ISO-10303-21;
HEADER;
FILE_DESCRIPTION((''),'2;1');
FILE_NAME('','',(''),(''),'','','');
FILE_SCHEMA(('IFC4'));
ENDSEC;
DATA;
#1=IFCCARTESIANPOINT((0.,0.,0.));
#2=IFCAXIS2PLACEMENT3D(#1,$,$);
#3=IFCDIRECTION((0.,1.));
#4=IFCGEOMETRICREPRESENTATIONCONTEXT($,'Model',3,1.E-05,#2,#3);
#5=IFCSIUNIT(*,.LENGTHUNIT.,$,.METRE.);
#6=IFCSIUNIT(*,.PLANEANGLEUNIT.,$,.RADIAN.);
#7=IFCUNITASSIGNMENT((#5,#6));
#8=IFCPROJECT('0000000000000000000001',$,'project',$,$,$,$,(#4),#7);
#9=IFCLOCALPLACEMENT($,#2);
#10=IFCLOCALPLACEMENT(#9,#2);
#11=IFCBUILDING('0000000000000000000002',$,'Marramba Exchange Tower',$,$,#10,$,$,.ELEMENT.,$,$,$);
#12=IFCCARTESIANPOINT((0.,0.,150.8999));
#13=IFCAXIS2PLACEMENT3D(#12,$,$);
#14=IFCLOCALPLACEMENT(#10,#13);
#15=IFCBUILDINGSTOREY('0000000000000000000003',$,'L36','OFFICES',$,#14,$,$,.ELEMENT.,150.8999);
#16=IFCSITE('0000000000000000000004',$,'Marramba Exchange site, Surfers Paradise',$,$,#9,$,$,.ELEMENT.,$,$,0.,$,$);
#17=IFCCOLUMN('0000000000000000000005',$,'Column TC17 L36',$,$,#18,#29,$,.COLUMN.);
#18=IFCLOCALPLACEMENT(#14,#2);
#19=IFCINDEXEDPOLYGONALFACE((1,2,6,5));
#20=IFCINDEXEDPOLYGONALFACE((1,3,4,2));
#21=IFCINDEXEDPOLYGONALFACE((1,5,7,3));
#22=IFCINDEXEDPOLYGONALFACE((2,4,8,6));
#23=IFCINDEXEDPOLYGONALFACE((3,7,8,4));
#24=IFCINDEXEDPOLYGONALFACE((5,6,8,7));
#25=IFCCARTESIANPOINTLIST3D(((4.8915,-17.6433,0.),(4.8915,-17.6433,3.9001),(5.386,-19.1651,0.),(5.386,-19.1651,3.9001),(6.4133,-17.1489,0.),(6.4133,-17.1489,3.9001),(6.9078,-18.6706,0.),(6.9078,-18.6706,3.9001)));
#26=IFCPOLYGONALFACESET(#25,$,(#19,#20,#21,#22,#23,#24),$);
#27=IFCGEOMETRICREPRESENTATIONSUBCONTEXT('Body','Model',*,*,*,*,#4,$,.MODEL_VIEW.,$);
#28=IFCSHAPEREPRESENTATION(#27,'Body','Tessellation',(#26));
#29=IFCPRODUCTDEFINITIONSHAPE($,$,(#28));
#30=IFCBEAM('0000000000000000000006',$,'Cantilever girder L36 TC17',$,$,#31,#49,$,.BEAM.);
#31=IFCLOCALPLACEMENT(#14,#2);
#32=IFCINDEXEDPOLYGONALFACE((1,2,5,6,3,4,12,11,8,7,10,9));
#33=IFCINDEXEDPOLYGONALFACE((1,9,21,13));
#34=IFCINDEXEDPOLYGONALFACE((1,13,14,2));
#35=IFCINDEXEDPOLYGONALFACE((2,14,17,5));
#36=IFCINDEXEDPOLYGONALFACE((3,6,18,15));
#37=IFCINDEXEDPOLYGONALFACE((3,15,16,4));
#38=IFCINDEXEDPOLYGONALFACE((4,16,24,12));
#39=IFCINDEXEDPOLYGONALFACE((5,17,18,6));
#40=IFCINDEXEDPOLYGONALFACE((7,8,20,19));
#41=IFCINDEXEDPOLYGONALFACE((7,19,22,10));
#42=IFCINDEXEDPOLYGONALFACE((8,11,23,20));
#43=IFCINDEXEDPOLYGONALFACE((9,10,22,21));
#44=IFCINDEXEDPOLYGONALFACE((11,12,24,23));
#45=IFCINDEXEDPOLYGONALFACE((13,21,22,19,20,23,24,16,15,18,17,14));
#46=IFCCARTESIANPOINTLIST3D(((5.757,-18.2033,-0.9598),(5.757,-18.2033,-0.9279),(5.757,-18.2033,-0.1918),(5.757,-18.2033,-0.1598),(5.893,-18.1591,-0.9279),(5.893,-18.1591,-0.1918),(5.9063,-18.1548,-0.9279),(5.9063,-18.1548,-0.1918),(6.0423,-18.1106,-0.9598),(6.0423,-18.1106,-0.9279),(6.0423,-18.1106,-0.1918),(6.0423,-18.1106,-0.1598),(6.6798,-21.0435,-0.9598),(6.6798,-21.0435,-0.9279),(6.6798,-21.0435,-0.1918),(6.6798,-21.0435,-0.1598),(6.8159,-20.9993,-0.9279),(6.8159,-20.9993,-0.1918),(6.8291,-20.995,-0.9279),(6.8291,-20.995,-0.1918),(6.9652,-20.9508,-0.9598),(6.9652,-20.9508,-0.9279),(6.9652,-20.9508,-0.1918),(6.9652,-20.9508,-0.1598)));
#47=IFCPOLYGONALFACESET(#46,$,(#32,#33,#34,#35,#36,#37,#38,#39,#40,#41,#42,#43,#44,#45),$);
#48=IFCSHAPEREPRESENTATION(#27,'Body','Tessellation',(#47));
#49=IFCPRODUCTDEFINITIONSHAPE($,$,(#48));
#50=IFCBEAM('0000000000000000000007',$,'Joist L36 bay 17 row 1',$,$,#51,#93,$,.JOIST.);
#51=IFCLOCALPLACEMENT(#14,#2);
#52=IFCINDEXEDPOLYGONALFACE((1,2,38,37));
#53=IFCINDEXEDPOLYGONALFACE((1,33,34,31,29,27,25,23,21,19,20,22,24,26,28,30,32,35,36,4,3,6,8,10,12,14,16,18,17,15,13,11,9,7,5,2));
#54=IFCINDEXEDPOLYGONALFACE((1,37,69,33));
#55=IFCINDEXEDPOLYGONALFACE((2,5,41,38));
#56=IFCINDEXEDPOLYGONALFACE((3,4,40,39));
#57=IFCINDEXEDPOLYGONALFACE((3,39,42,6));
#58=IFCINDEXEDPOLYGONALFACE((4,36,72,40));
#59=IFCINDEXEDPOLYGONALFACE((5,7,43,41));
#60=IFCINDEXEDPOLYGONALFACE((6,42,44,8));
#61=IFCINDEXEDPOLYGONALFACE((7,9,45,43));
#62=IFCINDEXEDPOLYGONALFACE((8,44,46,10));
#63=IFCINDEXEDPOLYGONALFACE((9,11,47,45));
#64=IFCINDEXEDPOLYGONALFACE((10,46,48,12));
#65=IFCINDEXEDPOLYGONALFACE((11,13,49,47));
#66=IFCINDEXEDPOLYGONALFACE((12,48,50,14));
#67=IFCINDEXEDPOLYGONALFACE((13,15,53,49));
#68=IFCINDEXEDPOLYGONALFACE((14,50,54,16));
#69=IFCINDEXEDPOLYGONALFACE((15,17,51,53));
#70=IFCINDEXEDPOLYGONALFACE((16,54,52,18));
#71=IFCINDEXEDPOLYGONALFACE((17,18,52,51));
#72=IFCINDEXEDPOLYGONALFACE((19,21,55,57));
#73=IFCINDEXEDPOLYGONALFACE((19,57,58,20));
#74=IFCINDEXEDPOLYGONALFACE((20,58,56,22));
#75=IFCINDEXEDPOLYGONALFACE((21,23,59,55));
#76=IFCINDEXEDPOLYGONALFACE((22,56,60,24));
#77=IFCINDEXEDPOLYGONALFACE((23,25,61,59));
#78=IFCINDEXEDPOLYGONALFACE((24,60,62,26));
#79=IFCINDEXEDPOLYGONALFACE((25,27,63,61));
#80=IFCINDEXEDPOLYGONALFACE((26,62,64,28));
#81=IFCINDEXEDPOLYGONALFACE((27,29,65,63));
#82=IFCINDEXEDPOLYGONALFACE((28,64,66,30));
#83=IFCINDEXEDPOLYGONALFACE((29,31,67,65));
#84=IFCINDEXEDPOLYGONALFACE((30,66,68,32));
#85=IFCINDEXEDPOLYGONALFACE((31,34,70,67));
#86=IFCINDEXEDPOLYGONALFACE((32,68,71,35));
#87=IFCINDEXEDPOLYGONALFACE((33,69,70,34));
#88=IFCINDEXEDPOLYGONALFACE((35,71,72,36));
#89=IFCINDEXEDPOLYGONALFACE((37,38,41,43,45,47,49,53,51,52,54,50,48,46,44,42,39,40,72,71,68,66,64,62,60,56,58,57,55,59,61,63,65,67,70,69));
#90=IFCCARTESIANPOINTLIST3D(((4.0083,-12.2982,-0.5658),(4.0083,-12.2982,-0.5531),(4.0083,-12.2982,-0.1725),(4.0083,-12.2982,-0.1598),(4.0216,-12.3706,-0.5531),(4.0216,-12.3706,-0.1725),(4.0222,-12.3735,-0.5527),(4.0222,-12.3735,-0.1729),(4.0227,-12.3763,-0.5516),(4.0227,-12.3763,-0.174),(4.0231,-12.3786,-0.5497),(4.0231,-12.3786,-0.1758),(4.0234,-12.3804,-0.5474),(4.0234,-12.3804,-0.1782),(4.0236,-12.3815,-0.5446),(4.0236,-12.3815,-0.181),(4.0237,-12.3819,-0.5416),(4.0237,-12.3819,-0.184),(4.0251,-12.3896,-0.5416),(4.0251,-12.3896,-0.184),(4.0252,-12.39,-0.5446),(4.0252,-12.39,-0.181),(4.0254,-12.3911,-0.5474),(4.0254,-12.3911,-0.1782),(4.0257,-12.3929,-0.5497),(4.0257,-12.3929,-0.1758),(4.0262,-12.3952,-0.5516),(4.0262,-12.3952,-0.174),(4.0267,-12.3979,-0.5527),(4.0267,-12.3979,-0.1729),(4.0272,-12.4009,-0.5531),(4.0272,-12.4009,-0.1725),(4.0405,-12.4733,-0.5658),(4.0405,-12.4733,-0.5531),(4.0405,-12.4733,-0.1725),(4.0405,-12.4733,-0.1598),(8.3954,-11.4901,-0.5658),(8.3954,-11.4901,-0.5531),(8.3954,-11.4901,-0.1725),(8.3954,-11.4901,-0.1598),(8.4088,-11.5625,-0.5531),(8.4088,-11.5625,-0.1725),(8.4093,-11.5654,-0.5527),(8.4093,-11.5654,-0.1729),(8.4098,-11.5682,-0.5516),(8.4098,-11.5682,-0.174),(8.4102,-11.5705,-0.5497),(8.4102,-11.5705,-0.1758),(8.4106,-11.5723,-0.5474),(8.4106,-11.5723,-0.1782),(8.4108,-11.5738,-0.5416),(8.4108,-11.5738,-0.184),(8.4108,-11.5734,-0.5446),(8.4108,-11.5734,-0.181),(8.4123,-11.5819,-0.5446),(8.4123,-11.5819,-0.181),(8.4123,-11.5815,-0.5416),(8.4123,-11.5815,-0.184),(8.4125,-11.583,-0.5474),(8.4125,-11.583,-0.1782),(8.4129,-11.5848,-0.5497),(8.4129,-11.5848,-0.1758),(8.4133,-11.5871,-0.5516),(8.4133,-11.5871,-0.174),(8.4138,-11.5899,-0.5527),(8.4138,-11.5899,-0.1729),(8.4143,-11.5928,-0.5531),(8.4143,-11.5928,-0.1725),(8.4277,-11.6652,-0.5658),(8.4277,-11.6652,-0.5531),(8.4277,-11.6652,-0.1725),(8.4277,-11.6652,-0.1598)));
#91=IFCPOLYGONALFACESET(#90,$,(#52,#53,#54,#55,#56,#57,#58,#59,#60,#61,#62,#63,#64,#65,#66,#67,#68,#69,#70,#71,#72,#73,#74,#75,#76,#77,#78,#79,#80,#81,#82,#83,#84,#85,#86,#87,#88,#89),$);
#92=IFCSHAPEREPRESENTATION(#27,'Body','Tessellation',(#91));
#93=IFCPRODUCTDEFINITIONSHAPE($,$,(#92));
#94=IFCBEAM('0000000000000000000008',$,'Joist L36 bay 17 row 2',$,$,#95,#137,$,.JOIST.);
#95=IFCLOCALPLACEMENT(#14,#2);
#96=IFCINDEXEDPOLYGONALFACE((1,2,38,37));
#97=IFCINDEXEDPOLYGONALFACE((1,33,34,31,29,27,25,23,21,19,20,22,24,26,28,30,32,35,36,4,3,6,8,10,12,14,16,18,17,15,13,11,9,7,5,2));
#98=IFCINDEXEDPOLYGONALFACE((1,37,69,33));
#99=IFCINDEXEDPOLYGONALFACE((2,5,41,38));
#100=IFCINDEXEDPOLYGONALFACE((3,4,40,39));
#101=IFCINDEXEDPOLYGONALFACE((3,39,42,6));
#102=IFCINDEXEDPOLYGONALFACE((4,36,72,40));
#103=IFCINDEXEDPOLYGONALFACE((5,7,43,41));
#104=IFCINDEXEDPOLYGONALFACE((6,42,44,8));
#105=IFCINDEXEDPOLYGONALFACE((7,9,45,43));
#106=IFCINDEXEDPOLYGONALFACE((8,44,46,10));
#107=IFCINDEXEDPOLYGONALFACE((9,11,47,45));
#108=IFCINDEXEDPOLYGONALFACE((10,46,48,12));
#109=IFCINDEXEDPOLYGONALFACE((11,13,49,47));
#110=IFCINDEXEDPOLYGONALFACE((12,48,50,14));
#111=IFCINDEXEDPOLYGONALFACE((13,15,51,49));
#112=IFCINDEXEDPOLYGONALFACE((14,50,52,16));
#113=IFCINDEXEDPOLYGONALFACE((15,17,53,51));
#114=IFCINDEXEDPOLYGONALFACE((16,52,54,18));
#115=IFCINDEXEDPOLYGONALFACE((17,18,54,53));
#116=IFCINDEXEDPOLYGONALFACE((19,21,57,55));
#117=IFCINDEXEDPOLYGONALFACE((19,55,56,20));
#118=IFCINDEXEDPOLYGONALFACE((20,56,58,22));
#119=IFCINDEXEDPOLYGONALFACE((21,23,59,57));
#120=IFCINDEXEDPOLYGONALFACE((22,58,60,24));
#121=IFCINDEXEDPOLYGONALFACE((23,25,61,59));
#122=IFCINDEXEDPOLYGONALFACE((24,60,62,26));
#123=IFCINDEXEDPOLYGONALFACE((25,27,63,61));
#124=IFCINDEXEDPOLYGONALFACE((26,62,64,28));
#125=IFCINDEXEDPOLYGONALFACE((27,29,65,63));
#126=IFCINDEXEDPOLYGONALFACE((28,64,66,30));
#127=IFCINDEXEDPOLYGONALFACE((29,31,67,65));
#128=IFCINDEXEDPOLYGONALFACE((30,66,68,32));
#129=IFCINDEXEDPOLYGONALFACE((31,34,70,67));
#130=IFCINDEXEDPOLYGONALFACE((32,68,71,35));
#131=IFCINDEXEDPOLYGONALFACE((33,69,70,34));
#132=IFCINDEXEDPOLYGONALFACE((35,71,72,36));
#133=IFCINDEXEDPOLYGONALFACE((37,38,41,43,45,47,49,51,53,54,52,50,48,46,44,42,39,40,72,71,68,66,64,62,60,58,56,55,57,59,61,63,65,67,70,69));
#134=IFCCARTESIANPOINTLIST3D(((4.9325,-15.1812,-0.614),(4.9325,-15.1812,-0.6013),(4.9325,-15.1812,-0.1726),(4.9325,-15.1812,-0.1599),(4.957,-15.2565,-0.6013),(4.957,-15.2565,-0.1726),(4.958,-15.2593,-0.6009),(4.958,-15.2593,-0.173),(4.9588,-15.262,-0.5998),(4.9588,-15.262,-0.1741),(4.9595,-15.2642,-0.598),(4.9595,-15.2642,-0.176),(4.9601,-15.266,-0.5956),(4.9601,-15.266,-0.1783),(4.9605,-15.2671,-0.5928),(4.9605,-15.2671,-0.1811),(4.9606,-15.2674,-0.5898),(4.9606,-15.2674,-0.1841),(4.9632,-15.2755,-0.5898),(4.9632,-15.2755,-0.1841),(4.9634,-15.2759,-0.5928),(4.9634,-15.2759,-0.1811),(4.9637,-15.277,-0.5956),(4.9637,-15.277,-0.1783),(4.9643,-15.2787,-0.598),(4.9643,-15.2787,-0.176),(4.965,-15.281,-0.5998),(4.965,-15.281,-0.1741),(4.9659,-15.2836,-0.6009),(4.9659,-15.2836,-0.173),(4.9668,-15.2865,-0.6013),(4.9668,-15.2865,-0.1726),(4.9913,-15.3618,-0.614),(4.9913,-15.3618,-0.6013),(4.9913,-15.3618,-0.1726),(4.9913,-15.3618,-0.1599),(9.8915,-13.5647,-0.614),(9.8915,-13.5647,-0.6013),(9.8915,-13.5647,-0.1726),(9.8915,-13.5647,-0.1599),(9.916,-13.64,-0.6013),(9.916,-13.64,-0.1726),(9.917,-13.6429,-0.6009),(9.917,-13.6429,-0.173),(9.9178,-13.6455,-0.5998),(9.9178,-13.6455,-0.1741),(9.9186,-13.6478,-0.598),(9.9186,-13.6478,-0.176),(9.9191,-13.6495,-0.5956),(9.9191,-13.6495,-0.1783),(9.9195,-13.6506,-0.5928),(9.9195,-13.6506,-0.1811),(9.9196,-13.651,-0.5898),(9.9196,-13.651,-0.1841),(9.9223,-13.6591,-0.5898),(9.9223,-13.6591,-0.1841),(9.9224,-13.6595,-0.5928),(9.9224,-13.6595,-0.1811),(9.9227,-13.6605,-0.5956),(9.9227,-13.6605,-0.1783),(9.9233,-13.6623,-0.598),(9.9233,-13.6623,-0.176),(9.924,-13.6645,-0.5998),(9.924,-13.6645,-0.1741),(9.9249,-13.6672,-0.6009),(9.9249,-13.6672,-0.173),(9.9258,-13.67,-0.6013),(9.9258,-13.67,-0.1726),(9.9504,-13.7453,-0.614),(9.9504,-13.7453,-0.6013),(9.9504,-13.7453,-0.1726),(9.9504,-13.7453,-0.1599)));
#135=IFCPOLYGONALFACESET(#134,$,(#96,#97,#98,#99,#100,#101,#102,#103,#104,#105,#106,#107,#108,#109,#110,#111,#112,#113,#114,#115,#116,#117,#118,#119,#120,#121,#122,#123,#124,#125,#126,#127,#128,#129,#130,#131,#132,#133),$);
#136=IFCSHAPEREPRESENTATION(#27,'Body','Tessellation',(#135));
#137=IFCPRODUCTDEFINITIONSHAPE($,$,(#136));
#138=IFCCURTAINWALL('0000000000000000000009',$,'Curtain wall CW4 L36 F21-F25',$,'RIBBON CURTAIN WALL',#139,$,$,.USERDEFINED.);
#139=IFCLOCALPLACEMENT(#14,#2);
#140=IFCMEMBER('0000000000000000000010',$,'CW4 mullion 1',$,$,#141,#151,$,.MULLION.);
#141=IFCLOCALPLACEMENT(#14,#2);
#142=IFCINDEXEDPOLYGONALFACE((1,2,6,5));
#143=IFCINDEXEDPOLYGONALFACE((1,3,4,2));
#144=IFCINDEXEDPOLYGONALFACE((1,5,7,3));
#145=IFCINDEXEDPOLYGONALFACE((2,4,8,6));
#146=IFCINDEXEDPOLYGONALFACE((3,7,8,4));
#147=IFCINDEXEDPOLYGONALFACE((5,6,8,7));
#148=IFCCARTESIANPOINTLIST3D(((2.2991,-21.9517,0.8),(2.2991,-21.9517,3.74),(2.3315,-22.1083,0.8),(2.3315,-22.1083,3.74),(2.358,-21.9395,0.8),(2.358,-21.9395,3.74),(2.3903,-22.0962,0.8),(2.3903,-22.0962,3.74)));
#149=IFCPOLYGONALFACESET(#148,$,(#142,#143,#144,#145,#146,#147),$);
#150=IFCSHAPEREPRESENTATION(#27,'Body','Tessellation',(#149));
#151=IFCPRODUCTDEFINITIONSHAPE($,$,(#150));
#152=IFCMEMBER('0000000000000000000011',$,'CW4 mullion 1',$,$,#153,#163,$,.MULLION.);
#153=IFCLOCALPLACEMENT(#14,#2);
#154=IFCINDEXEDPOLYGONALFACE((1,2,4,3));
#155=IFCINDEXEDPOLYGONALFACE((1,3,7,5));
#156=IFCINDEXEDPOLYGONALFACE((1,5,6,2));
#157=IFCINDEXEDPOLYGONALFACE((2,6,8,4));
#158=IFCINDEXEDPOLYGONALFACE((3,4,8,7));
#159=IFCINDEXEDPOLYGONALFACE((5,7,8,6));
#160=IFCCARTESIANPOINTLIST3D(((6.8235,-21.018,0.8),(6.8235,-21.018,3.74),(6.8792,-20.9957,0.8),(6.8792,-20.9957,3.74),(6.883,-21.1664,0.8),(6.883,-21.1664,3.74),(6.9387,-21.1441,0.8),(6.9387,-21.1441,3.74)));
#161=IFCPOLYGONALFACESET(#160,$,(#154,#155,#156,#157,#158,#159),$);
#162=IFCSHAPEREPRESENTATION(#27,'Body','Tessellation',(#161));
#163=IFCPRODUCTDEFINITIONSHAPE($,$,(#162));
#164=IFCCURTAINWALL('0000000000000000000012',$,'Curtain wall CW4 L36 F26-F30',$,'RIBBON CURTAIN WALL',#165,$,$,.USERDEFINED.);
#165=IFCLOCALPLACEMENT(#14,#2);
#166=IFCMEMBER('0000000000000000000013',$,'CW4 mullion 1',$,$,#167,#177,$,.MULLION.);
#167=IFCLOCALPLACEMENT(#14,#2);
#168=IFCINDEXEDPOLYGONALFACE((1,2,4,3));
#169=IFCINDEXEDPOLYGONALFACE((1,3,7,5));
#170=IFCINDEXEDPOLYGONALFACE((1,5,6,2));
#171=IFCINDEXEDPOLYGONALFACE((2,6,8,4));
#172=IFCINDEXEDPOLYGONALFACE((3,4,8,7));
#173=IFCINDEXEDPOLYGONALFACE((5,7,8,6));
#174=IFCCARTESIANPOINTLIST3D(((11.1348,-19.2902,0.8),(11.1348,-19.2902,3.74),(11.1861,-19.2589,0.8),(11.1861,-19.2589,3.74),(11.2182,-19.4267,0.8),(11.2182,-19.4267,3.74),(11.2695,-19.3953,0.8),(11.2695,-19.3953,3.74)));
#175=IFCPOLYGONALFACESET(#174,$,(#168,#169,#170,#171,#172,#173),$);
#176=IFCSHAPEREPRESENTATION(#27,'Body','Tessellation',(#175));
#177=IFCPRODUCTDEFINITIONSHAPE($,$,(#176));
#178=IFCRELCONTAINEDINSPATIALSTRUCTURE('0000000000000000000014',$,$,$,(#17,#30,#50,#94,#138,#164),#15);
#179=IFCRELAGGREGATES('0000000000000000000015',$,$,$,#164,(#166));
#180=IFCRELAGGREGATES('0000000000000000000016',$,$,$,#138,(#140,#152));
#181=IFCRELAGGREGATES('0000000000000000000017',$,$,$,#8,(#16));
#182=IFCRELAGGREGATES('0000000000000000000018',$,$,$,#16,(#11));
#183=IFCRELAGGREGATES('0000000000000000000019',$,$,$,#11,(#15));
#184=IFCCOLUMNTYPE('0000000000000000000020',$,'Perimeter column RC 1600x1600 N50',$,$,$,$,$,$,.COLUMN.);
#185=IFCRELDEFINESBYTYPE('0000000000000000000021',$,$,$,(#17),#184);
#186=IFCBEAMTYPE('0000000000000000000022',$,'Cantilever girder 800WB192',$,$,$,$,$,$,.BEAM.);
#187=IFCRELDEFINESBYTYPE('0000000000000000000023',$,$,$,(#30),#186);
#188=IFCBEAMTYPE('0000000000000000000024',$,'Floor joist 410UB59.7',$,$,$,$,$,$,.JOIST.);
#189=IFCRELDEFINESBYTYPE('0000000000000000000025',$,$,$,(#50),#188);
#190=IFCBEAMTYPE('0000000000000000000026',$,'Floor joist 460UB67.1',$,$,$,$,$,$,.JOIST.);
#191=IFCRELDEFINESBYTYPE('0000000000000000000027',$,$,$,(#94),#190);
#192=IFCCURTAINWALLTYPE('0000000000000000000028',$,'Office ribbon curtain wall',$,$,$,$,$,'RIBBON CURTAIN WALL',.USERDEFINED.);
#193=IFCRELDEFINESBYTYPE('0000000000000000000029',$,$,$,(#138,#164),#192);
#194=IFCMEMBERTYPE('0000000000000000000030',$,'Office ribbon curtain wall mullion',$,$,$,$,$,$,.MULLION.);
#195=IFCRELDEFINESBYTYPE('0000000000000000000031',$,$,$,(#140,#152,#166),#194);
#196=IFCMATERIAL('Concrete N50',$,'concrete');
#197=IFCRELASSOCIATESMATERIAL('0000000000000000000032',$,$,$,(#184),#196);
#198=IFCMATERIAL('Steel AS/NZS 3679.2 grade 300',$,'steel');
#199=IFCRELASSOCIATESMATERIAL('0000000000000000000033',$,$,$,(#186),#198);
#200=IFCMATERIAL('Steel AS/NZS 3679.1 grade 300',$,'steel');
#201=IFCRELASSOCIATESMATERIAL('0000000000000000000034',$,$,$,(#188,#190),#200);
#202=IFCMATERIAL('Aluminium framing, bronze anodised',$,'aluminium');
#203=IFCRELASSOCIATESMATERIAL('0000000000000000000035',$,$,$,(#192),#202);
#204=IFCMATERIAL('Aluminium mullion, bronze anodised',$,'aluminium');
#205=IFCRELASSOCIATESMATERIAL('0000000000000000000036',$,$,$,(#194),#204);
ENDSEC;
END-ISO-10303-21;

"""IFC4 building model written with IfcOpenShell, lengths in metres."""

from ifc_helpers import new_model, si_unit, direction, frame, origin, origin_2d, place, context, subcontext, project, spatial, rectangle, i_section, extrude, material, material_profile, profile_set, type_object, element, aggregate, save


model = new_model("IFC4")

# Units and contexts
model_context = context("Model", 3, precision=1e-05, world=origin(), true_north=direction((0.0, 1.0)))
body_context = subcontext(model_context, "Body", "Model", "MODEL_VIEW")
ifc_project = project(units=[si_unit("LENGTHUNIT", "METRE"), si_unit("PLANEANGLEUNIT", "RADIAN")], contexts=[model_context])

# Site, building, storey
site_placement = place(None, origin())
site = spatial("IfcSite", under=ifc_project, at=site_placement, Name="Marramba Exchange site, Surfers Paradise", CompositionType="ELEMENT", RefElevation=0.0)
building_placement = place(site_placement, origin())
building = spatial("IfcBuilding", under=site, at=building_placement, Name="Marramba Exchange Tower", CompositionType="ELEMENT")
storey_placement = place(building_placement, frame((0.0, 0.0, 150.8999)))
storey = spatial("IfcBuildingStorey", under=building, at=storey_placement, Name="L36", Description="OFFICES", CompositionType="ELEMENT", Elevation=150.8999)

# Column
ifc_material_1 = material(Name="Concrete N50", Category="concrete")
ifc_material_profile_1 = material_profile(ifc_material_1, rectangle(XDim=1.6001, YDim=1.6001, at=origin_2d()), Name="RC 1600x1600")
ifc_profile_set_1 = profile_set([ifc_material_profile_1], Name="Concrete N50")
column_type = type_object("IfcColumnType", Name="Perimeter column RC 1600x1600 N50", PredefinedType="COLUMN", material=ifc_profile_set_1)
column_placement = place(storey_placement, frame((5.8997, -18.157, 0.0), z_axis=(0.0, 0.0, 1.0), x_axis=(0.309017, -0.951057, 0.0)))
element("IfcColumn", 1, at=column_placement, inside=storey, type_object=column_type, Name="Column TC17 L36", PredefinedType="COLUMN", context=body_context, shape_type="SweptSolid", body=[
    extrude(rectangle(XDim=1.6001, YDim=1.6001, at=origin_2d()), origin(), (0.0, 0.0, 1.0), 3.9001),
])

# Beams
ifc_material_2 = material(Name="Steel AS/NZS 3679.2 grade 300", Category="steel")
ifc_material_profile_2 = material_profile(ifc_material_2, i_section(OverallWidth=0.3, OverallDepth=0.8, WebThickness=0.0139, FlangeThickness=0.032, at=origin_2d()), Name="800WB192")
ifc_profile_set_2 = profile_set([ifc_material_profile_2], Name="Steel AS/NZS 3679.2 grade 300")
beam_type_1 = type_object("IfcBeamType", Name="Cantilever girder 800WB192", PredefinedType="BEAM", material=ifc_profile_set_2)
beam_1_placement = place(storey_placement, frame((5.8997, -18.157, -0.5598), z_axis=(0.309032, -0.951051, 0.0), x_axis=(0.951051, 0.309032, 0.0)))
element("IfcBeam", 2, at=beam_1_placement, inside=storey, type_object=beam_type_1, Name="Cantilever girder L36 TC17", PredefinedType="BEAM", context=body_context, shape_type="SweptSolid", body=[
    extrude(i_section(OverallWidth=0.3, OverallDepth=0.8, WebThickness=0.0139, FlangeThickness=0.032, at=origin_2d()), origin(), (0.0, 0.0, 1.0), 2.9863),
])
ifc_material_3 = material(Name="Steel AS/NZS 3679.1 grade 300", Category="steel")
ifc_material_profile_3 = material_profile(ifc_material_3, i_section(OverallWidth=0.178, OverallDepth=0.406, WebThickness=0.0078, FlangeThickness=0.0127, FilletRadius=0.0115, at=origin_2d()), Name="410UB59.7")
ifc_profile_set_3 = profile_set([ifc_material_profile_3], Name="Steel AS/NZS 3679.1 grade 300")
beam_type_2 = type_object("IfcBeamType", Name="Floor joist 410UB59.7", PredefinedType="JOIST", material=ifc_profile_set_3)
beam_2_placement = place(storey_placement, frame((4.0244, -12.3857, -0.3628), z_axis=(0.983456, 0.181149, 0.0), x_axis=(-0.181149, 0.983456, 0.0)))
element("IfcBeam", 3, at=beam_2_placement, inside=storey, type_object=beam_type_2, Name="Joist L36 bay 17 row 1", PredefinedType="JOIST", context=body_context, shape_type="SweptSolid", body=[
    extrude(i_section(OverallWidth=0.178, OverallDepth=0.406, WebThickness=0.0078, FlangeThickness=0.0127, FilletRadius=0.0115, at=origin_2d()), origin(), (0.0, 0.0, 1.0), 4.4609),
])
ifc_material_profile_4 = material_profile(ifc_material_3, i_section(OverallWidth=0.1899, OverallDepth=0.4541, WebThickness=0.0085, FlangeThickness=0.0127, FilletRadius=0.0115, at=origin_2d()), Name="460UB67.1")
ifc_profile_set_4 = profile_set([ifc_material_profile_4], Name="Steel AS/NZS 3679.1 grade 300")
beam_type_3 = type_object("IfcBeamType", Name="Floor joist 460UB67.1", PredefinedType="JOIST", material=ifc_profile_set_4)
beam_3_placement = place(storey_placement, frame((4.9619, -15.2715, -0.387), z_axis=(0.950764, 0.309916, 0.0), x_axis=(-0.309916, 0.950764, 0.0)))
element("IfcBeam", 4, at=beam_3_placement, inside=storey, type_object=beam_type_3, Name="Joist L36 bay 17 row 2", PredefinedType="JOIST", context=body_context, shape_type="SweptSolid", body=[
    extrude(i_section(OverallWidth=0.1899, OverallDepth=0.4541, WebThickness=0.0085, FlangeThickness=0.0127, FilletRadius=0.0115, at=origin_2d()), origin(), (0.0, 0.0, 1.0), 5.2158),
])

# Curtain wall, members
ifc_material_4 = material(Name="Aluminium framing, bronze anodised", Category="aluminium")
curtain_wall_type = type_object("IfcCurtainWallType", Name="Office ribbon curtain wall", ElementType="RIBBON CURTAIN WALL", PredefinedType="USERDEFINED", material=ifc_material_4)
curtain_wall_1_placement = place(storey_placement, origin())
curtain_wall_1 = element("IfcCurtainWall", 5, at=curtain_wall_1_placement, inside=storey, type_object=curtain_wall_type, Name="Curtain wall CW4 L36 F21-F25", ObjectType="RIBBON CURTAIN WALL", PredefinedType="USERDEFINED")
ifc_material_5 = material(Name="Aluminium mullion, bronze anodised", Category="aluminium")
ifc_material_profile_5 = material_profile(ifc_material_5, rectangle(XDim=0.1599, YDim=0.0601, at=origin_2d()), Name="CW4 mullion 60x160")
ifc_profile_set_5 = profile_set([ifc_material_profile_5], Name="Aluminium mullion, bronze anodised")
member_type_1 = type_object("IfcMemberType", Name="Office ribbon curtain wall mullion", PredefinedType="MULLION", material=ifc_profile_set_5)
member_1_placement = place(storey_placement, frame((2.3447, -22.0239, 0.8), z_axis=(0.0, 0.0, 1.0), x_axis=(-0.202365, 0.97931, 0.0)))
member_1 = element("IfcMember", 6, at=member_1_placement, type_object=member_type_1, Name="CW4 mullion 1", PredefinedType="MULLION", context=body_context, shape_type="SweptSolid", body=[
    extrude(rectangle(XDim=0.1599, YDim=0.0601, at=origin_2d()), origin(), (0.0, 0.0, 1.0), 2.9399),
])
member_2_placement = place(storey_placement, frame((6.8811, -21.0811, 0.8), z_axis=(0.0, 0.0, 1.0), x_axis=(-0.372209, 0.928149, 0.0)))
member_2 = element("IfcMember", 7, at=member_2_placement, type_object=member_type_1, Name="CW4 mullion 1", PredefinedType="MULLION", context=body_context, shape_type="SweptSolid", body=[
    extrude(rectangle(XDim=0.1599, YDim=0.0601, at=origin_2d()), origin(), (0.0, 0.0, 1.0), 2.9399),
])

# Curtain wall, member
curtain_wall_2_placement = place(storey_placement, origin())
curtain_wall_2 = element("IfcCurtainWall", 8, at=curtain_wall_2_placement, inside=storey, type_object=curtain_wall_type, Name="Curtain wall CW4 L36 F26-F30", ObjectType="RIBBON CURTAIN WALL", PredefinedType="USERDEFINED")
member_3_placement = place(storey_placement, frame((11.2021, -19.3428, 0.8), z_axis=(0.0, 0.0, 1.0), x_axis=(-0.521733, 0.853109, 0.0)))
member_3 = element("IfcMember", 9, at=member_3_placement, type_object=member_type_1, Name="CW4 mullion 1", PredefinedType="MULLION", context=body_context, shape_type="SweptSolid", body=[
    extrude(rectangle(XDim=0.1599, YDim=0.0601, at=origin_2d()), origin(), (0.0, 0.0, 1.0), 2.9399),
])
aggregate(curtain_wall_2, [member_3])

aggregate(curtain_wall_1, [member_1, member_2])

save(model, "model.ifc")
